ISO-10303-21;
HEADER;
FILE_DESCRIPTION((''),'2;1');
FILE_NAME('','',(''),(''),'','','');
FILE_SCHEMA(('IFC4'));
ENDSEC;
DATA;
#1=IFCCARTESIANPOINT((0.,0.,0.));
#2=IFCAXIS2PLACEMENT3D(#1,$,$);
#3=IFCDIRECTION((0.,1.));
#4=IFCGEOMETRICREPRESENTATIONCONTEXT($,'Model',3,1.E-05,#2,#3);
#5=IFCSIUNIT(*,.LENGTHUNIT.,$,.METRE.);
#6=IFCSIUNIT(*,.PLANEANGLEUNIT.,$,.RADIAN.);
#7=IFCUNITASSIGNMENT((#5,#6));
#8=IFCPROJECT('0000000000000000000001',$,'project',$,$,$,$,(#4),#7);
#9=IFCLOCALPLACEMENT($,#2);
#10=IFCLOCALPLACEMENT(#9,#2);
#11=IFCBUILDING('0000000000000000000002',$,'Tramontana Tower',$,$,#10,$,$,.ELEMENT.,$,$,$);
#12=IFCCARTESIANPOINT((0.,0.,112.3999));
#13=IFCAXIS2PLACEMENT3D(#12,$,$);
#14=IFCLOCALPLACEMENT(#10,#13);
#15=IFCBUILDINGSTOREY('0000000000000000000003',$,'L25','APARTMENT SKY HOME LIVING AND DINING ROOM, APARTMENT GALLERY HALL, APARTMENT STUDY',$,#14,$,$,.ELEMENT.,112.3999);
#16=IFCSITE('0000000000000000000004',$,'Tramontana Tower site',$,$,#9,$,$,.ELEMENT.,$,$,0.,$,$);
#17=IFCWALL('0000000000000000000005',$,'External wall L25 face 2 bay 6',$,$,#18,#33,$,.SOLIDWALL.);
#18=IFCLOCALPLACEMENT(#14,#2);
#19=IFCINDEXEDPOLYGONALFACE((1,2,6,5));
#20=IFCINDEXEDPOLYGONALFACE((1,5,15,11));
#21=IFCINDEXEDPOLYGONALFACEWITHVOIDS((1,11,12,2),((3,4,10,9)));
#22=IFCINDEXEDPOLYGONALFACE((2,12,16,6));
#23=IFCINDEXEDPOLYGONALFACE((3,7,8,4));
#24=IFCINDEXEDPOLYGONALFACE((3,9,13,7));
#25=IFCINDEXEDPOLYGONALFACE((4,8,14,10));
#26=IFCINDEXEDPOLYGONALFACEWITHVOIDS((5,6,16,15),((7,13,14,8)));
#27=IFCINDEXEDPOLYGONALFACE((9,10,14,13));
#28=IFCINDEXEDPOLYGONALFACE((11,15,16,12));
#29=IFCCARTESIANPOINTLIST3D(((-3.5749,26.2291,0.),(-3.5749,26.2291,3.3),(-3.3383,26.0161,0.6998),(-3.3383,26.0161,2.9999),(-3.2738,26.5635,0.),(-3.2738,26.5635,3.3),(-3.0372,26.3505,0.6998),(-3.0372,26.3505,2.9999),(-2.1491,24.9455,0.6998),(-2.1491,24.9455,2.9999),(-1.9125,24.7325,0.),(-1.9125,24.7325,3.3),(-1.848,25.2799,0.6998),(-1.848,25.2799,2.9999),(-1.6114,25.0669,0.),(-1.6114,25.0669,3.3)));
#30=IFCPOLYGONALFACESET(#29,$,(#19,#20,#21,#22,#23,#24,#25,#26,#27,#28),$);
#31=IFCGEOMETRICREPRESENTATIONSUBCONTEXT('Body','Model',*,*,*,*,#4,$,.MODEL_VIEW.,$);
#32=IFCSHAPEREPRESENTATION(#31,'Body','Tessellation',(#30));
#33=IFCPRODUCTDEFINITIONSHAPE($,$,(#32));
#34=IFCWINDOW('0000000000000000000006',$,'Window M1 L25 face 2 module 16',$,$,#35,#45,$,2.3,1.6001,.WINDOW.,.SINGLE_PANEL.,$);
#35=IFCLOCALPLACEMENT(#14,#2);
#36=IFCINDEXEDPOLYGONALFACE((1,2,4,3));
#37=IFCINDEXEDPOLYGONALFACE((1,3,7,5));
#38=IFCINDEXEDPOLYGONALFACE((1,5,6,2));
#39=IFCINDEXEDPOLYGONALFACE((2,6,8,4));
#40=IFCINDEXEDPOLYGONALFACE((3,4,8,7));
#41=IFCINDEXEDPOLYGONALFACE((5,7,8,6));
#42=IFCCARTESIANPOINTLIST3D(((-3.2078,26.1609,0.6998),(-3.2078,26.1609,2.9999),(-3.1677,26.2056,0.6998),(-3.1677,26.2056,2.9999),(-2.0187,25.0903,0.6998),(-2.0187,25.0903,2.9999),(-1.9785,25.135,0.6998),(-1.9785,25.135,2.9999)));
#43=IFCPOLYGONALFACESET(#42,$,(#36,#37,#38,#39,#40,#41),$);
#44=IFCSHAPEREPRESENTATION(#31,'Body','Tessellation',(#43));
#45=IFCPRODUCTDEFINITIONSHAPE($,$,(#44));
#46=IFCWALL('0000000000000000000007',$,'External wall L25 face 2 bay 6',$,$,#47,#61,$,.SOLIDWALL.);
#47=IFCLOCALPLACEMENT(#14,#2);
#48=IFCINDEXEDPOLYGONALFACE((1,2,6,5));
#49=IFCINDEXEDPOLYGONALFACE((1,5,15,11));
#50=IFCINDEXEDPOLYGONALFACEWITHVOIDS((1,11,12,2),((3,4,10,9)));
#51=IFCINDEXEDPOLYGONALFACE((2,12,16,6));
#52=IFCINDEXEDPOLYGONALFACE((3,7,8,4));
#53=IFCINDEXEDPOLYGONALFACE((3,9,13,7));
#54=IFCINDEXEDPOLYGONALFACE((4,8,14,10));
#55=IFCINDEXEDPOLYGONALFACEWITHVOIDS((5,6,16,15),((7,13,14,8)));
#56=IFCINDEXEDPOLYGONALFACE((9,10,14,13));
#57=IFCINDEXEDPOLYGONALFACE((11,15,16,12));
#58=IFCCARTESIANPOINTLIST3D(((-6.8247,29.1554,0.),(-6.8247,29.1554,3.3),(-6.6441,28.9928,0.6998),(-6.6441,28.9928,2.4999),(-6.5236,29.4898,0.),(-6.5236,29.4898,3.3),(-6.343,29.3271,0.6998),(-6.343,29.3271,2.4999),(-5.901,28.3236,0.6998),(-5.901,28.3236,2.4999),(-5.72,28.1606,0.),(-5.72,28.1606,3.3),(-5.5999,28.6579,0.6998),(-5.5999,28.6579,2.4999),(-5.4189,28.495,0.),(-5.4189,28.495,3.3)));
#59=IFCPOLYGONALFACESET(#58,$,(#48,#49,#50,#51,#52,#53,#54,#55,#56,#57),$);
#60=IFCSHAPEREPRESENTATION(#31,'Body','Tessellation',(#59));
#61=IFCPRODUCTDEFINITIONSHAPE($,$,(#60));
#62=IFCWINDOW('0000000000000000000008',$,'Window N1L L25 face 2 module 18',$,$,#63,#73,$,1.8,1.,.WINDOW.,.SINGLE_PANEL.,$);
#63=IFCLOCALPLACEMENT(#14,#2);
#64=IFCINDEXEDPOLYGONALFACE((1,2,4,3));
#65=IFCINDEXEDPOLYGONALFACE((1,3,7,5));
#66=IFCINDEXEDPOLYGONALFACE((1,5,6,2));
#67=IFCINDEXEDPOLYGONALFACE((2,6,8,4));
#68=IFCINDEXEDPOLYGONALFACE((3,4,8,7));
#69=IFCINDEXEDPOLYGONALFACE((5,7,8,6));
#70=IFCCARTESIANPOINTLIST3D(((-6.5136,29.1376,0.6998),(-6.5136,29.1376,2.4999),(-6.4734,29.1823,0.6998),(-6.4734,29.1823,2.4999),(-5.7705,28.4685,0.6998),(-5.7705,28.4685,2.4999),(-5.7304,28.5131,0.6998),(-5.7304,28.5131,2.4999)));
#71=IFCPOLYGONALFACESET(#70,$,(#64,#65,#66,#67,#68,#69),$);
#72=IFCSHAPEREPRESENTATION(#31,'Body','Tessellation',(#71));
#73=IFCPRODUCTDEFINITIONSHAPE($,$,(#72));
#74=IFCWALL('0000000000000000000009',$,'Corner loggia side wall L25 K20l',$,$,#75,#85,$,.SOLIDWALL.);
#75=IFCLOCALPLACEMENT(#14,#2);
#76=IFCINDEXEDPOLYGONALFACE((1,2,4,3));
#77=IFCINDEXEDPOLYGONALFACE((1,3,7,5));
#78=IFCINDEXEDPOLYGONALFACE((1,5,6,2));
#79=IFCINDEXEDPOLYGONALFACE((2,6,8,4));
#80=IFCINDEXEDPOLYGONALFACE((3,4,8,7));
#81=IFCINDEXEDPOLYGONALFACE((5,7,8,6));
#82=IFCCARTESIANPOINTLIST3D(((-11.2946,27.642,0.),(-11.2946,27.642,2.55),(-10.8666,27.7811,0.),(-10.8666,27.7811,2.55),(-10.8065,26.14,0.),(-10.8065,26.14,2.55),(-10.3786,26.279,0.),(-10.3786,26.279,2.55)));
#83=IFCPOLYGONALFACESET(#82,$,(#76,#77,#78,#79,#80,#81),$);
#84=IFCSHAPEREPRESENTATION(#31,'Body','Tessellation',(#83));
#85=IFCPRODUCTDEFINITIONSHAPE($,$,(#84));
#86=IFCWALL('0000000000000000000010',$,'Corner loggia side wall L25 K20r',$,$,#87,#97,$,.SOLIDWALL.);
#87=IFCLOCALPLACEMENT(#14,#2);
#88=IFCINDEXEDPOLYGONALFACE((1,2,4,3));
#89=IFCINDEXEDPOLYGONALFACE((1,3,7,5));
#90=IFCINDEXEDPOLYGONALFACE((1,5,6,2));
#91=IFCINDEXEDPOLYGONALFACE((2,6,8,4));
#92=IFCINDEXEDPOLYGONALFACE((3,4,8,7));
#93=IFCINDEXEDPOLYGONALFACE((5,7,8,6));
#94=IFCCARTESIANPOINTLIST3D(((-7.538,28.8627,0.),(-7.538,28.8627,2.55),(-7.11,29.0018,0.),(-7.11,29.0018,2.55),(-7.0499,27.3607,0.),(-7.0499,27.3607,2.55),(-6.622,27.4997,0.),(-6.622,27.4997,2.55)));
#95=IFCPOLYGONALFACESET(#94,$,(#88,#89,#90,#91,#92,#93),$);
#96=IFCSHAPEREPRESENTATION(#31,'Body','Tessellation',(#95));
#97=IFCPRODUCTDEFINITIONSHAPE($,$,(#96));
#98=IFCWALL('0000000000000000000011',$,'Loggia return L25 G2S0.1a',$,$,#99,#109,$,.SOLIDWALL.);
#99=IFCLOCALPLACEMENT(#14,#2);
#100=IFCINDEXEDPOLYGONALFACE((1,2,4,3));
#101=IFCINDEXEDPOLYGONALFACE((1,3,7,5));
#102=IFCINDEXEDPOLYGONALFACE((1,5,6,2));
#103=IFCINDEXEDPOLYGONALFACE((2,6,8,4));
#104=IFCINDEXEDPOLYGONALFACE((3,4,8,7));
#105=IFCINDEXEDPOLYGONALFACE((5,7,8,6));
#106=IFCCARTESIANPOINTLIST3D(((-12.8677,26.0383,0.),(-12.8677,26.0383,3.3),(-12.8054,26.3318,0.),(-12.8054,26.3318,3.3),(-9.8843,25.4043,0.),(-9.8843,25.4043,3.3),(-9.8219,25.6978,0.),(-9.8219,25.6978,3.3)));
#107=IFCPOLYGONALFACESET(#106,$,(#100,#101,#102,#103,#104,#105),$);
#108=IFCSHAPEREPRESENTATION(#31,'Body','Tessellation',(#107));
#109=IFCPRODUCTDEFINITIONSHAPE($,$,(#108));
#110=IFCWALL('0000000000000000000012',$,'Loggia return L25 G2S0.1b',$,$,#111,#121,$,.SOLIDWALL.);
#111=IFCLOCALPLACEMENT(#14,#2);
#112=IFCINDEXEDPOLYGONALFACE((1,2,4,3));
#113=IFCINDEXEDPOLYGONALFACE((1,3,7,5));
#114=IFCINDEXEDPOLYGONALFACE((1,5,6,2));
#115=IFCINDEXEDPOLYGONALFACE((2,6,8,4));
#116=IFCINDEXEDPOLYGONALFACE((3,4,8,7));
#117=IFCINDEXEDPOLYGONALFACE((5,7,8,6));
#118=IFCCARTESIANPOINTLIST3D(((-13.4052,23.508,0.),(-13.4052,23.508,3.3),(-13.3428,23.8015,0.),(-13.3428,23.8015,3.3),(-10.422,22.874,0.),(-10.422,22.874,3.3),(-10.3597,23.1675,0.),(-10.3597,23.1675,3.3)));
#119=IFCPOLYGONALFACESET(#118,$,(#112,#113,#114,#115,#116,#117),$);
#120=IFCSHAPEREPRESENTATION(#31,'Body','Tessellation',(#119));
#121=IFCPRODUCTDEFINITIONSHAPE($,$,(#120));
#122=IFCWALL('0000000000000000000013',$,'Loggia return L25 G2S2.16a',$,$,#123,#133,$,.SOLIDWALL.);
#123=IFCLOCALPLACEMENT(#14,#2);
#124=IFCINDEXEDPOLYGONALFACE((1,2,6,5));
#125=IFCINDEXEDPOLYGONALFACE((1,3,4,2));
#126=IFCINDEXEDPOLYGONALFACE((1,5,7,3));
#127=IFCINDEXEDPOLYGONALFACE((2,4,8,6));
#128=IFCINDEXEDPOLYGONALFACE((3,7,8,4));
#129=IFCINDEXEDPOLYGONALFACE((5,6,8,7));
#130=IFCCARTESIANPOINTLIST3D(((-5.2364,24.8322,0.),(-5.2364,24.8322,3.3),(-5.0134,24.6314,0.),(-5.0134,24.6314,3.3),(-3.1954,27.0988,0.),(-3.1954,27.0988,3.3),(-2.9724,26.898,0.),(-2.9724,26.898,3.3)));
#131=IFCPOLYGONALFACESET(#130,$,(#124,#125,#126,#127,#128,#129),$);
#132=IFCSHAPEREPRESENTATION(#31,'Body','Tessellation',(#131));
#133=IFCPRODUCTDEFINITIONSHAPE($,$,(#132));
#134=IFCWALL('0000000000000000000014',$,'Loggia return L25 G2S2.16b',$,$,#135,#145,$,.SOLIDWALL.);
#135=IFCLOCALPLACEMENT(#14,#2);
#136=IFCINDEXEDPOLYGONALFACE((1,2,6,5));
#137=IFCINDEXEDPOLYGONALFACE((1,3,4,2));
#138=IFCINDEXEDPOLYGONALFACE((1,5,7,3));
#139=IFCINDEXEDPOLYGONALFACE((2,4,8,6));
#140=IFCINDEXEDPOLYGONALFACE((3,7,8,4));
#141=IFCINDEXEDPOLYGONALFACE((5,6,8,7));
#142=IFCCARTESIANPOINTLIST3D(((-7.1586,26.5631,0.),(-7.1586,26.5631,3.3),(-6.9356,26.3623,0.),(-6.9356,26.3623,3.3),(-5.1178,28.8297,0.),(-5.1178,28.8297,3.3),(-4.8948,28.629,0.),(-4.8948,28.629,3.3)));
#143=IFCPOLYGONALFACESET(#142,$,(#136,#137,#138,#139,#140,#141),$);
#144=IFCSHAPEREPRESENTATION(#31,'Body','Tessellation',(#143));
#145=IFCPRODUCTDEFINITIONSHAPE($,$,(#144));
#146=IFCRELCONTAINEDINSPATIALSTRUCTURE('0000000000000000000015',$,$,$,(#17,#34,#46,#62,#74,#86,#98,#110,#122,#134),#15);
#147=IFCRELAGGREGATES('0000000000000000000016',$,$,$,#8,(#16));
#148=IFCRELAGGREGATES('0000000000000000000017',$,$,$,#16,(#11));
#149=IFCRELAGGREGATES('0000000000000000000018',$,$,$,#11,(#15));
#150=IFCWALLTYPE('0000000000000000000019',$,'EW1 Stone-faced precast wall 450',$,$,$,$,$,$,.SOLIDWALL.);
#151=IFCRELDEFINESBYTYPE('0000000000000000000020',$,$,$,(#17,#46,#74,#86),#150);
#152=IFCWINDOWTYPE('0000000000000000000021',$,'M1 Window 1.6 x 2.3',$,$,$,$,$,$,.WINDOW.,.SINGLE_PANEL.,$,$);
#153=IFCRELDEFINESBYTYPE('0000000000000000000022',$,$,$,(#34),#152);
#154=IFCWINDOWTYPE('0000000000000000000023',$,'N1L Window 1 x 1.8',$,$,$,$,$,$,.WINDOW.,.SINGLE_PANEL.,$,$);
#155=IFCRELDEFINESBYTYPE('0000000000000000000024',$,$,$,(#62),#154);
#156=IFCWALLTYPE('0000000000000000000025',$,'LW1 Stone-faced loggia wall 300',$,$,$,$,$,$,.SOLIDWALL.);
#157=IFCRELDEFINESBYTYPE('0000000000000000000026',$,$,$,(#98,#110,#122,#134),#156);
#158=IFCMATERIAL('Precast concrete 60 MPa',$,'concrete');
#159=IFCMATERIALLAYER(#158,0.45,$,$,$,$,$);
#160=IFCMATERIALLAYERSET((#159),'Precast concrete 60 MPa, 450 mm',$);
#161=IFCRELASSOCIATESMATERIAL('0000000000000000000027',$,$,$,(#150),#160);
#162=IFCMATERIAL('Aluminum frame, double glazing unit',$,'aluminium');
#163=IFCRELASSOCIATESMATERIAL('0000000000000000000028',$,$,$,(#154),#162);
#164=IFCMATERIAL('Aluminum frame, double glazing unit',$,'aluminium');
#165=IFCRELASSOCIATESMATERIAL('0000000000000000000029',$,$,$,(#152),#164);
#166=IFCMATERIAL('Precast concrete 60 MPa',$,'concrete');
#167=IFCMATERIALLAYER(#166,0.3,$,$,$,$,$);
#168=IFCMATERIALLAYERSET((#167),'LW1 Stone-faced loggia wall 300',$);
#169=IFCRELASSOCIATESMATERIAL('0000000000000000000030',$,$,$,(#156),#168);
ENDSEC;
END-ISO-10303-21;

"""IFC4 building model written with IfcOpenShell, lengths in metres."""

from ifc_helpers import new_model, si_unit, direction, frame, frame_2d, origin, place, context, subcontext, project, spatial, rectangle, extrude, material, layer, layer_set, type_object, element, fill, save


model = new_model("IFC4")

# Units and contexts
model_context = context("Model", 3, precision=1e-05, world=origin(), true_north=direction((0.0, 1.0)))
body_context = subcontext(model_context, "Body", "Model", "MODEL_VIEW")
ifc_project = project(units=[si_unit("LENGTHUNIT", "METRE"), si_unit("PLANEANGLEUNIT", "RADIAN")], contexts=[model_context])

# Site, building, storey
site_placement = place(None, origin())
site = spatial("IfcSite", under=ifc_project, at=site_placement, Name="Tramontana Tower site", CompositionType="ELEMENT", RefElevation=0.0)
building_placement = place(site_placement, origin())
building = spatial("IfcBuilding", under=site, at=building_placement, Name="Tramontana Tower", CompositionType="ELEMENT")
storey_placement = place(building_placement, frame((0.0, 0.0, 112.3999)))
storey = spatial("IfcBuildingStorey", under=building, at=storey_placement, Name="L25", Description="APARTMENT SKY HOME LIVING AND DINING ROOM, APARTMENT GALLERY HALL, APARTMENT STUDY", CompositionType="ELEMENT", Elevation=112.3999)

# Walls, openings, windows
ifc_material_1 = material(Name="Precast concrete 60 MPa", Category="concrete")
ifc_layer_1 = layer(ifc_material_1, 0.45)
ifc_layer_set_1 = layer_set([ifc_layer_1], Name="Precast concrete 60 MPa, 450 mm")
wall_type_1 = type_object("IfcWallType", Name="EW1 Stone-faced precast wall 450", PredefinedType="SOLIDWALL", material=ifc_layer_set_1)
ifc_material_2 = material(Name="Aluminum frame, double glazing unit", Category="aluminium")
window_type_1 = type_object("IfcWindowType", Name="N1L Window 1 x 1.8", PartitioningType="SINGLE_PANEL", PredefinedType="WINDOW", material=ifc_material_2)
wall_1_placement = place(storey_placement, frame((-1.762, 24.8997, 0.0), z_axis=(0.0, 0.0, 1.0), x_axis=(-0.743191, 0.669079, 0.0)))
wall_1 = element("IfcWall", 1, at=wall_1_placement, inside=storey, type_object=wall_type_1, Name="External wall L25 face 2 bay 6", PredefinedType="SOLIDWALL", context=body_context, shape_type="SweptSolid", body=[
    extrude(rectangle(XDim=2.2368, YDim=0.45, at=frame_2d((1.1184, 0.0))), origin(), (0.0, 0.0, 1.0), 3.3),
])
opening_1_placement = place(wall_1_placement, frame((0.3184, 0.0, 0.7)))
opening_1 = element("IfcOpeningElement", 2, at=opening_1_placement, cuts=wall_1, PredefinedType="OPENING", context=body_context, shape_type="SweptSolid", body=[
    extrude(rectangle(XDim=1.6001, YDim=2.3, at=frame_2d((0.8, 1.1499))), frame((0.0, 0.2349, 0.0), z_axis=(0.0, -1.0, 0.0), x_axis=(1.0, 0.0, 0.0)), (0.0, 0.0, 1.0), 0.47),
])
ifc_material_3 = material(Name="Aluminum frame, double glazing unit", Category="aluminium")
window_type_2 = type_object("IfcWindowType", Name="M1 Window 1.6 x 2.3", PartitioningType="SINGLE_PANEL", PredefinedType="WINDOW", material=ifc_material_3)
window_1_placement = place(opening_1_placement, origin())
window_1 = element("IfcWindow", 3, at=window_1_placement, inside=storey, type_object=window_type_2, Name="Window M1 L25 face 2 module 16", OverallHeight=2.3, OverallWidth=1.6001, PartitioningType="SINGLE_PANEL", PredefinedType="WINDOW", context=body_context, shape_type="SweptSolid", body=[
    extrude(rectangle(XDim=1.6001, YDim=2.3, at=frame_2d((0.8, 1.1499))), frame((0.0, 0.03, 0.0), z_axis=(0.0, -1.0, 0.0), x_axis=(1.0, 0.0, 0.0)), (0.0, 0.0, 1.0), 0.0601),
])
fill(opening_1, window_1)
wall_2_placement = place(storey_placement, frame((-5.5696, 28.3279, 0.0), z_axis=(0.0, 0.0, 1.0), x_axis=(-0.74309, 0.669192, 0.0)))
wall_2 = element("IfcWall", 4, at=wall_2_placement, inside=storey, type_object=wall_type_1, Name="External wall L25 face 2 bay 6", PredefinedType="SOLIDWALL", context=body_context, shape_type="SweptSolid", body=[
    extrude(rectangle(XDim=1.4866, YDim=0.45, at=frame_2d((0.7432, 0.0))), origin(), (0.0, 0.0, 1.0), 3.3),
])
opening_2_placement = place(wall_2_placement, frame((0.2434, 0.0, 0.7)))
opening_2 = element("IfcOpeningElement", 5, at=opening_2_placement, cuts=wall_2, PredefinedType="OPENING", context=body_context, shape_type="SweptSolid", body=[
    extrude(rectangle(XDim=1.0, YDim=1.8, at=frame_2d((0.5, 0.8999))), frame((0.0, 0.2349, 0.0), z_axis=(0.0, -1.0, 0.0), x_axis=(1.0, 0.0, 0.0)), (0.0, 0.0, 1.0), 0.47),
])
window_2_placement = place(opening_2_placement, origin())
window_2 = element("IfcWindow", 6, at=window_2_placement, inside=storey, type_object=window_type_1, Name="Window N1L L25 face 2 module 18", OverallHeight=1.8, OverallWidth=1.0, PartitioningType="SINGLE_PANEL", PredefinedType="WINDOW", context=body_context, shape_type="SweptSolid", body=[
    extrude(rectangle(XDim=1.0, YDim=1.8, at=frame_2d((0.5, 0.8999))), frame((0.0, 0.03, 0.0), z_axis=(0.0, -1.0, 0.0), x_axis=(1.0, 0.0, 0.0)), (0.0, 0.0, 1.0), 0.0601),
])
fill(opening_2, window_2)

# Walls
for number, where, z_axis, x_axis, name in (
    (7, (-11.0806, 27.7114, 0.0), (0.0, 0.0, 1.0), (0.30903, -0.951052, 0.0), "Corner loggia side wall L25 K20l"),
    (8, (-7.324, 28.9321, 0.0), (0.0, 0.0, 1.0), (0.30903, -0.951052, 0.0), "Corner loggia side wall L25 K20r"),
):
    element("IfcWall", number, at=place(storey_placement, frame(where, z_axis=z_axis, x_axis=x_axis)), inside=storey, type_object=wall_type_1, Name=name, PredefinedType="SOLIDWALL", context=body_context, shape_type="SweptSolid", body=[
        extrude(rectangle(XDim=1.5793, YDim=0.45, at=frame_2d((0.7896, 0.0))), origin(), (0.0, 0.0, 1.0), 2.55),
    ])

# Shared definitions
ifc_material_4 = material(Name="Precast concrete 60 MPa", Category="concrete")
ifc_layer_2 = layer(ifc_material_4, 0.3)
ifc_layer_set_2 = layer_set([ifc_layer_2], Name="LW1 Stone-faced loggia wall 300")
wall_type_2 = type_object("IfcWallType", Name="LW1 Stone-faced loggia wall 300", PredefinedType="SOLIDWALL", material=ifc_layer_set_2)

# Walls
wall_3_placement = place(storey_placement, frame((-12.8364, 26.1851, 0.0), z_axis=(0.0, 0.0, 1.0), x_axis=(0.978155, -0.207878, 0.0)))
element("IfcWall", 9, at=wall_3_placement, inside=storey, type_object=wall_type_2, Name="Loggia return L25 G2S0.1a", PredefinedType="SOLIDWALL", context=body_context, shape_type="SweptSolid", body=[
    extrude(rectangle(XDim=3.05, YDim=0.3, at=frame_2d((1.5249, 0.0))), origin(), (0.0, 0.0, 1.0), 3.3),
])
wall_4_placement = place(storey_placement, frame((-13.374, 23.6548, 0.0), z_axis=(0.0, 0.0, 1.0), x_axis=(0.978151, -0.207894, 0.0)))
element("IfcWall", 10, at=wall_4_placement, inside=storey, type_object=wall_type_2, Name="Loggia return L25 G2S0.1b", PredefinedType="SOLIDWALL", context=body_context, shape_type="SweptSolid", body=[
    extrude(rectangle(XDim=3.0498, YDim=0.3, at=frame_2d((1.5249, 0.0))), origin(), (0.0, 0.0, 1.0), 3.3),
])

# Walls
for number, where, z_axis, x_axis, name in (
    (11, (-3.084, 26.9983, 0.0), (0.0, 0.0, 1.0), (-0.669159, -0.743119, 0.0), "Loggia return L25 G2S2.16a"),
    (12, (-5.0063, 28.7292, 0.0), (0.0, 0.0, 1.0), (-0.669115, -0.743159, 0.0), "Loggia return L25 G2S2.16b"),
):
    element("IfcWall", number, at=place(storey_placement, frame(where, z_axis=z_axis, x_axis=x_axis)), inside=storey, type_object=wall_type_2, Name=name, PredefinedType="SOLIDWALL", context=body_context, shape_type="SweptSolid", body=[
        extrude(rectangle(XDim=3.05, YDim=0.3, at=frame_2d((1.5249, 0.0))), origin(), (0.0, 0.0, 1.0), 3.3),
    ])

save(model, "model.ifc")
